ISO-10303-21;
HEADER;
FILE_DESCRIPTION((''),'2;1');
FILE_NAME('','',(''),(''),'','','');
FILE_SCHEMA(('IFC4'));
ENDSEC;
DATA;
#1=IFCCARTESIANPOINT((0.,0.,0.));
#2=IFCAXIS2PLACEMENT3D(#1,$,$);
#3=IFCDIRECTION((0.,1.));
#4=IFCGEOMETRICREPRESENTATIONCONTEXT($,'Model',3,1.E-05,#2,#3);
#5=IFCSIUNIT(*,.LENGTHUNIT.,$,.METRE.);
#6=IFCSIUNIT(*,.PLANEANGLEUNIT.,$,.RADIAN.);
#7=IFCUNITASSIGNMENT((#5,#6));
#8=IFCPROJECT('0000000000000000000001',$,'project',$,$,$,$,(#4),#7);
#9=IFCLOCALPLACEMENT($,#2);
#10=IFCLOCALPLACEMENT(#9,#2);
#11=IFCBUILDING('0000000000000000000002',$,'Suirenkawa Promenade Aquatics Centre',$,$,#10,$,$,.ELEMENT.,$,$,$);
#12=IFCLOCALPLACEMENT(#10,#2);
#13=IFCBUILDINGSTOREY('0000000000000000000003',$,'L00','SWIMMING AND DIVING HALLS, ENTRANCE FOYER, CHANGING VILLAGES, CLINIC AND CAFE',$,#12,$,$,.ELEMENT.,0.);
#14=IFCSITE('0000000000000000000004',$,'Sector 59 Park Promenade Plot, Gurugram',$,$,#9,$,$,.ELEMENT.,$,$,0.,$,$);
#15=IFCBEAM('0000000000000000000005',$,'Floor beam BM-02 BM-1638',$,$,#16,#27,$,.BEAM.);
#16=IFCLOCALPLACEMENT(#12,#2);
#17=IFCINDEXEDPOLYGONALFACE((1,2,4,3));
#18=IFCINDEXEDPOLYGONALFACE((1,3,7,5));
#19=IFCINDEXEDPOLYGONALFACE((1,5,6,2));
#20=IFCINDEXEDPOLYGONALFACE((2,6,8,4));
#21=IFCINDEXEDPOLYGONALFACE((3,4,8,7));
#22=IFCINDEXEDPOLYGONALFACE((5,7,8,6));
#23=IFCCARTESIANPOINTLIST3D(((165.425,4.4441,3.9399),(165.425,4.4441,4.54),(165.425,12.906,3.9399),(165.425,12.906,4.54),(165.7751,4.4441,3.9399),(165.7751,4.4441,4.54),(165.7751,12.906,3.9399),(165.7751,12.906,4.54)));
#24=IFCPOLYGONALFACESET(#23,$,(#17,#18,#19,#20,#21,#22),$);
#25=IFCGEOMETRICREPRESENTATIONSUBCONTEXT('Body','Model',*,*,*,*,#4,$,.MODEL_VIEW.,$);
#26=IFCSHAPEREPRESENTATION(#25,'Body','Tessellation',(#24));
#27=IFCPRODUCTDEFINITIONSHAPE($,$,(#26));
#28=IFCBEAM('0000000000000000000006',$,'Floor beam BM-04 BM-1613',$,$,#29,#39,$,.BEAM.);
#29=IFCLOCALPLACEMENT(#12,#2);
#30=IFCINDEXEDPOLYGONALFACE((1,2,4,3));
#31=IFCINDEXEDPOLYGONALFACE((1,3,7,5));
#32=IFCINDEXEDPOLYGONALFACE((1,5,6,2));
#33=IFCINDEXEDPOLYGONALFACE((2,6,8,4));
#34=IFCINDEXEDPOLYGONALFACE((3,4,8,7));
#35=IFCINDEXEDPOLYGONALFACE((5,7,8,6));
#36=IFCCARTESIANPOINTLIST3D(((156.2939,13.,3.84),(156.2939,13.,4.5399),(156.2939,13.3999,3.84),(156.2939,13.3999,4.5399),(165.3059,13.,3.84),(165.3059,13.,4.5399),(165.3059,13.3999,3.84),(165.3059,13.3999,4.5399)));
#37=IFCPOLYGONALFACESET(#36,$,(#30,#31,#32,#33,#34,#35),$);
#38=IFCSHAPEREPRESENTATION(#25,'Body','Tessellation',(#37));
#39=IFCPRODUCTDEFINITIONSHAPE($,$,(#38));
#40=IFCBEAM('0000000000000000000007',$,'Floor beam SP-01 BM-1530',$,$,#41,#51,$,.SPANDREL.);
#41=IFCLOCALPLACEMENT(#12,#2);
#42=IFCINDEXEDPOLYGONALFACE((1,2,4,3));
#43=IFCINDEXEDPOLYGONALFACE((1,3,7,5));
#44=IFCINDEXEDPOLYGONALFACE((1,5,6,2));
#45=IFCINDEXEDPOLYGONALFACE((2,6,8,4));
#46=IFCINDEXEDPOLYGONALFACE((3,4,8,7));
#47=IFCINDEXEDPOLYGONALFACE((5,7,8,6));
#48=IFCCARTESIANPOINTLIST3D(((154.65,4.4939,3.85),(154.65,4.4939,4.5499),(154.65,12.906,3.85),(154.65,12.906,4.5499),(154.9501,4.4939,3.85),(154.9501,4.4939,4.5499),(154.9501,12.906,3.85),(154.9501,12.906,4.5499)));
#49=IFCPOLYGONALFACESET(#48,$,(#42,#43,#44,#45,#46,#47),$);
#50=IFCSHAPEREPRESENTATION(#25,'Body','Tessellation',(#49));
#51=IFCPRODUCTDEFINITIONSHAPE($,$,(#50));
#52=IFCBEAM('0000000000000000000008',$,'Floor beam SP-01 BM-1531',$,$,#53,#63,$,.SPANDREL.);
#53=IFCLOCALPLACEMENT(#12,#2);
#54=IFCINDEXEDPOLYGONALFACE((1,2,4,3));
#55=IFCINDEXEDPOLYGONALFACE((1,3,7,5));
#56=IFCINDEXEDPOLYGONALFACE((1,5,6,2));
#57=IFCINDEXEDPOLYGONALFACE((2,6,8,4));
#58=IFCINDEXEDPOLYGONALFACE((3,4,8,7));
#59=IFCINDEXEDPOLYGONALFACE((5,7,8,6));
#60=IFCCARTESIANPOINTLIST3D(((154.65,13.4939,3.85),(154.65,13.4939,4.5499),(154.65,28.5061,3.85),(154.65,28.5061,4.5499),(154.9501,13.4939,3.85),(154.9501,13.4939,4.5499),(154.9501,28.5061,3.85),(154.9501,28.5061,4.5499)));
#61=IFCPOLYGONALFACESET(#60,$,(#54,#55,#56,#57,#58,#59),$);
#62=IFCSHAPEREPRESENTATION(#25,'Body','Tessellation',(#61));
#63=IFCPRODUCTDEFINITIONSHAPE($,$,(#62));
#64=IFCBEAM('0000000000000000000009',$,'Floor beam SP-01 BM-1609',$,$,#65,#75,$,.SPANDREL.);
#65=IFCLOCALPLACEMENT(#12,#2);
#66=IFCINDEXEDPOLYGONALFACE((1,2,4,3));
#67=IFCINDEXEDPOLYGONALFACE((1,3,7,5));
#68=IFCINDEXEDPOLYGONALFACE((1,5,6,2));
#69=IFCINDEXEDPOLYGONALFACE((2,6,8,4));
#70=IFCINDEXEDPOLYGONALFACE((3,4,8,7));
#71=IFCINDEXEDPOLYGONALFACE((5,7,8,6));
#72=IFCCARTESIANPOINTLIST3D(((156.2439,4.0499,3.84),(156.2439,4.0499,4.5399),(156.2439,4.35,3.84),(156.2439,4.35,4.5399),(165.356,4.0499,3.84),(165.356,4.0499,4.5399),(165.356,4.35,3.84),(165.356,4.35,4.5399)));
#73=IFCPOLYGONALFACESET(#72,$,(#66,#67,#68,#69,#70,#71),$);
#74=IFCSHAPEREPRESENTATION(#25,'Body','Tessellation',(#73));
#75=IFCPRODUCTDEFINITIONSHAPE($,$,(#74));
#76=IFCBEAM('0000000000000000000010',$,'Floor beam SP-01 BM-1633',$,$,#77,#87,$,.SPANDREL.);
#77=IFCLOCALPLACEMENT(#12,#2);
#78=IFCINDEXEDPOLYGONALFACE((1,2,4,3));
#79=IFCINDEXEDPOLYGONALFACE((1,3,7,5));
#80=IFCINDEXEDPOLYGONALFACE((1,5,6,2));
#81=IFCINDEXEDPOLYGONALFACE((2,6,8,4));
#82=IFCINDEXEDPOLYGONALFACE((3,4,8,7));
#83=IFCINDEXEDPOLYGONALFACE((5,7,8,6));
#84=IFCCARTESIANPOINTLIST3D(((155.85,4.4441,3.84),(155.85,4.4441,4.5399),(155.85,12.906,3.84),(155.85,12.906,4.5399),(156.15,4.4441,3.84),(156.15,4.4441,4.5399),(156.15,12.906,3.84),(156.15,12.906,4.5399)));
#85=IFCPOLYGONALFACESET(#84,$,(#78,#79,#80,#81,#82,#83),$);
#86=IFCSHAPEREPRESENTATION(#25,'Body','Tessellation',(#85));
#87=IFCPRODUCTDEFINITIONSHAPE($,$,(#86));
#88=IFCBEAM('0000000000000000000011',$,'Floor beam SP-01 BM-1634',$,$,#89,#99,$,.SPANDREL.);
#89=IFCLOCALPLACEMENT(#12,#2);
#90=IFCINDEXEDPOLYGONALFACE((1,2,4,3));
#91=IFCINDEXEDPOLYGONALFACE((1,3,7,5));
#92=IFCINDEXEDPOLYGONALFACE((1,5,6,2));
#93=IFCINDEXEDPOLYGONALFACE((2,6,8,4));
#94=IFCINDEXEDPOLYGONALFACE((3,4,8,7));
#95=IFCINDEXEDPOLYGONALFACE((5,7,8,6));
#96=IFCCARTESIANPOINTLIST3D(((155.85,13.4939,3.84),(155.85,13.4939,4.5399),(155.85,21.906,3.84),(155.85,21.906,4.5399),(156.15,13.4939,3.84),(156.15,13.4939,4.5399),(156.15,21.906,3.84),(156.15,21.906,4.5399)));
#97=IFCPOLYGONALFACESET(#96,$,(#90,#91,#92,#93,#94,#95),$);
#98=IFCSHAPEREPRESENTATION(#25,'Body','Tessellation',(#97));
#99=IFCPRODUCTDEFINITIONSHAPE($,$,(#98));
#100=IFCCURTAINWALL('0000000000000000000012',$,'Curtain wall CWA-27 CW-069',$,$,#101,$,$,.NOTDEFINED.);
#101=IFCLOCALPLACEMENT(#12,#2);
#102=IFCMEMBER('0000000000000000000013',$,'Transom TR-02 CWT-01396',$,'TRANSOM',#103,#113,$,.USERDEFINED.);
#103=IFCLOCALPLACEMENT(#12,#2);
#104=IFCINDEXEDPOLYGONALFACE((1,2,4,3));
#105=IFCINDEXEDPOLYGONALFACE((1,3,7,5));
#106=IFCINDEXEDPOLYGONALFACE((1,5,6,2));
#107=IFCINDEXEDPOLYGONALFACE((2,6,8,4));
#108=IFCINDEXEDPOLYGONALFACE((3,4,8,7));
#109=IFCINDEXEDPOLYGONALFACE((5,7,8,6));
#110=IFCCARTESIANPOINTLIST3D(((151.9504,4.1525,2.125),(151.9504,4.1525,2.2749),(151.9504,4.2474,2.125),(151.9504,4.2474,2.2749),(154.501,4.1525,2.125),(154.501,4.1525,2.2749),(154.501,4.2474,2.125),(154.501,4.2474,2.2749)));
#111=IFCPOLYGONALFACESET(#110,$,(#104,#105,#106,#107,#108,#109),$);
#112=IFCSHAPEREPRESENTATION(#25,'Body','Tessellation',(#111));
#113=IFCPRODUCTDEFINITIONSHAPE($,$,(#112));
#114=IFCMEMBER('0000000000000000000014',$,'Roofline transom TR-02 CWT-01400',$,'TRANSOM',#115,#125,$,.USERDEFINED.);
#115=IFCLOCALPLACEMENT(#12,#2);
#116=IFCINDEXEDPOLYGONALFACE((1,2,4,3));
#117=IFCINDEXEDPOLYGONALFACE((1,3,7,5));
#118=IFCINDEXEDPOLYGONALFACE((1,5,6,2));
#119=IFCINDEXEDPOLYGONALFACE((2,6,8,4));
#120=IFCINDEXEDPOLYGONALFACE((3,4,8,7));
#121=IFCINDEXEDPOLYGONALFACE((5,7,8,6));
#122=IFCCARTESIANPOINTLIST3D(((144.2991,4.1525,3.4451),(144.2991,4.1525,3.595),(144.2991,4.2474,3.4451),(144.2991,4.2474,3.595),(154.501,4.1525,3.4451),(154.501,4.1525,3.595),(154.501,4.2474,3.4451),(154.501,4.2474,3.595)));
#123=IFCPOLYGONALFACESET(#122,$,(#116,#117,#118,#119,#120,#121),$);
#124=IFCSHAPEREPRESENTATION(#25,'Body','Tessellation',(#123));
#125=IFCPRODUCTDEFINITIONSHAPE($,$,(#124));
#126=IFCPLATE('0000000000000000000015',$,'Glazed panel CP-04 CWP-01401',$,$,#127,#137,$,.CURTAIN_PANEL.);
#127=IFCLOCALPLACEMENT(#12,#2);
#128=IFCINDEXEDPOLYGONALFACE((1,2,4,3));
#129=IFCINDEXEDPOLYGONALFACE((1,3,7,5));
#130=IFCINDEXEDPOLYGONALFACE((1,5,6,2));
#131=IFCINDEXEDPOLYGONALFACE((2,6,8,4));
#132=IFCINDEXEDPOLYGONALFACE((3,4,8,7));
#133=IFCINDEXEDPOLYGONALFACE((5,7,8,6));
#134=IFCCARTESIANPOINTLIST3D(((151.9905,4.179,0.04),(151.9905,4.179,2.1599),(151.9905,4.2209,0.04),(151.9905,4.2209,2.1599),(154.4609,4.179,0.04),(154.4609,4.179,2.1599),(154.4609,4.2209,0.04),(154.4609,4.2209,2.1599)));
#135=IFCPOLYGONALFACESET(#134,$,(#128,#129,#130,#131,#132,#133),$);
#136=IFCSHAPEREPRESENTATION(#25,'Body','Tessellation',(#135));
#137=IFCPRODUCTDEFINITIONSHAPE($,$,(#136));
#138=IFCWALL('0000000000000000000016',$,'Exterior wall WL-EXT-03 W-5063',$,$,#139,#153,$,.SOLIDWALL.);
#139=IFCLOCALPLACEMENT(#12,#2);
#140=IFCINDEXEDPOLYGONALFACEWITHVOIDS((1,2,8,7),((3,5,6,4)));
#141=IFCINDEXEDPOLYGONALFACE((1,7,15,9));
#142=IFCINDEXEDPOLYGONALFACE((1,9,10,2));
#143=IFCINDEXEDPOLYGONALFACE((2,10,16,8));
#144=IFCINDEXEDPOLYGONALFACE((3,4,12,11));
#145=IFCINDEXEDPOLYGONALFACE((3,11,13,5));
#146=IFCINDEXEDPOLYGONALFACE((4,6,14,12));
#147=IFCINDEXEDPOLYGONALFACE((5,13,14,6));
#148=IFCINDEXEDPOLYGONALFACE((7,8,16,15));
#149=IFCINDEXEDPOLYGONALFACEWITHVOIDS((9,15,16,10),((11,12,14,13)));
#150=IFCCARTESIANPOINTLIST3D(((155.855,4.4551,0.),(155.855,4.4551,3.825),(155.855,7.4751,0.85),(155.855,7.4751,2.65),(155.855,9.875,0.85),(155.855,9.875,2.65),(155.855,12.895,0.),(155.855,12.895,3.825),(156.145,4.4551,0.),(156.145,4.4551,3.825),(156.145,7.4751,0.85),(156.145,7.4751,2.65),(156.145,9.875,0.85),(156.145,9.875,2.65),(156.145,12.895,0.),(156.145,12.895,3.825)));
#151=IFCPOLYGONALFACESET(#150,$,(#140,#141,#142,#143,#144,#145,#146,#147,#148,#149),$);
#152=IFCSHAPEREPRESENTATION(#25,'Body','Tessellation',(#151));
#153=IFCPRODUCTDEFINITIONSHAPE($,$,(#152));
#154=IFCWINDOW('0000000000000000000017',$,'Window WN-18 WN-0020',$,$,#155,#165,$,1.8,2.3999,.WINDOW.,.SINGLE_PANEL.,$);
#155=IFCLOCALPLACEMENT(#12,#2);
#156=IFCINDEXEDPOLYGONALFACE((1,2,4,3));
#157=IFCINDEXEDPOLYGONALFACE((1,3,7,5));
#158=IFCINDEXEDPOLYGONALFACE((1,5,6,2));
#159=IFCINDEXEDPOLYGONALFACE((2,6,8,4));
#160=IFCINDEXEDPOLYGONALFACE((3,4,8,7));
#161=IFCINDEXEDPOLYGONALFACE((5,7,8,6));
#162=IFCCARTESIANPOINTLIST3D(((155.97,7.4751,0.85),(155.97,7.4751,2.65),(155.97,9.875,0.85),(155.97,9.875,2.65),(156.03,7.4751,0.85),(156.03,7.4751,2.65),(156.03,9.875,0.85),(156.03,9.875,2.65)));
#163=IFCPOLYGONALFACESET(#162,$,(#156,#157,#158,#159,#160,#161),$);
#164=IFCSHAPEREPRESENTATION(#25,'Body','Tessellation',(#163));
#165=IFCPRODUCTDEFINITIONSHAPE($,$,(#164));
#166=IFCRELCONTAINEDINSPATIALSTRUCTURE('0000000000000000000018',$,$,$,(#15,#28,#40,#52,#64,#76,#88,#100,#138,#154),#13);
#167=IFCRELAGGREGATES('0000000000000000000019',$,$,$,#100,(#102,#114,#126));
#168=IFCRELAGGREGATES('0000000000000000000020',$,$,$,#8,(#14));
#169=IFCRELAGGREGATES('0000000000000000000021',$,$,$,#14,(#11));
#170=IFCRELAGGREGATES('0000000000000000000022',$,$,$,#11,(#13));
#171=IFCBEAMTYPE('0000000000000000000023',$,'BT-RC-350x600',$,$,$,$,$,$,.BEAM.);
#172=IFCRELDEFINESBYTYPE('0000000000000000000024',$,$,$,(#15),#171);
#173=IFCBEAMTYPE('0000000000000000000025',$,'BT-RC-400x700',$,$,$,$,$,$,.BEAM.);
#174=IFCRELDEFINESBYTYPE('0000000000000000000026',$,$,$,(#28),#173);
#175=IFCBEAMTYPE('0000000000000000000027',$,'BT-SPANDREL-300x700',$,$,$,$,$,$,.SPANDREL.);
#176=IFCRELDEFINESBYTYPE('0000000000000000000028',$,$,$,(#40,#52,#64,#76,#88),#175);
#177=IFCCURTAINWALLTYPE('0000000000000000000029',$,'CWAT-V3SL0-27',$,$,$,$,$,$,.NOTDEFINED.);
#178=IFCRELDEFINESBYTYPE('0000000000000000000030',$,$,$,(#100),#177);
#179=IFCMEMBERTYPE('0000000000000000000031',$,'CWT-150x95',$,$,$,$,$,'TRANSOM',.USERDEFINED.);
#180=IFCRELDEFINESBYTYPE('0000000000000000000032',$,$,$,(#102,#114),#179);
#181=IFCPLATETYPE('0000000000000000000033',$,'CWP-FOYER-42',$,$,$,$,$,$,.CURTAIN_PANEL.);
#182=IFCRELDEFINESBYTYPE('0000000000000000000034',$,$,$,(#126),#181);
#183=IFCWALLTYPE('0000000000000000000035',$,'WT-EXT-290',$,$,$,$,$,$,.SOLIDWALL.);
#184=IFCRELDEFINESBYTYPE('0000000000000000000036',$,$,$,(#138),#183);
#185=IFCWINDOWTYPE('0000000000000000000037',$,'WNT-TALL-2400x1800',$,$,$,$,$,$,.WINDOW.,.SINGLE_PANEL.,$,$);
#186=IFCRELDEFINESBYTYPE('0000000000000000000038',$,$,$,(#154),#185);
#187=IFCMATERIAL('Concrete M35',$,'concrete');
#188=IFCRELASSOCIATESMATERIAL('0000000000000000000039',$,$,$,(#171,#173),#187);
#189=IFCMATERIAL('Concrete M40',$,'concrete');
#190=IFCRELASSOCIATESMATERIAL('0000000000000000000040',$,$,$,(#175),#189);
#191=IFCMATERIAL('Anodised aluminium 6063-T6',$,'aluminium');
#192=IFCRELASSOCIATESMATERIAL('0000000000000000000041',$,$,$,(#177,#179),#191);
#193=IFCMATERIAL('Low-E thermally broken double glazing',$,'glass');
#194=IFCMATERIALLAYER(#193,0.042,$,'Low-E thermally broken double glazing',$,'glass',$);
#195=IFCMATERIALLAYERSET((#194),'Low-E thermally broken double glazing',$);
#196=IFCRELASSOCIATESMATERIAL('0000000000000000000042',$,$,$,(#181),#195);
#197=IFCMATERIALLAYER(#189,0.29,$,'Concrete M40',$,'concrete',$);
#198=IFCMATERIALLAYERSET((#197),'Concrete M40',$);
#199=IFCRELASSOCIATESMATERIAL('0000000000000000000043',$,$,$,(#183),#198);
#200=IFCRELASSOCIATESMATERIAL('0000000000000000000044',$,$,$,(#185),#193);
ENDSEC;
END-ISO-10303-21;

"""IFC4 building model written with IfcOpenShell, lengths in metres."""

from ifc_helpers import new_model, si_unit, direction, frame, frame_2d, origin, origin_2d, place, context, subcontext, project, spatial, polyline, rectangle, outline, extrude, material, layer, layer_set, material_profile, profile_set, type_object, element, fill, aggregate, save


model = new_model("IFC4")

# Units and contexts
model_context = context("Model", 3, precision=1e-05, world=origin(), true_north=direction((0.0, 1.0)))
body_context = subcontext(model_context, "Body", "Model", "MODEL_VIEW")
ifc_project = project(units=[si_unit("LENGTHUNIT", "METRE"), si_unit("PLANEANGLEUNIT", "RADIAN")], contexts=[model_context])

# Site, building, storey
site_placement = place(None, origin())
site = spatial("IfcSite", under=ifc_project, at=site_placement, Name="Sector 59 Park Promenade Plot, Gurugram", CompositionType="ELEMENT", RefElevation=0.0)
building_placement = place(site_placement, origin())
building = spatial("IfcBuilding", under=site, at=building_placement, Name="Suirenkawa Promenade Aquatics Centre", CompositionType="ELEMENT")
storey_placement = place(building_placement, origin())
storey = spatial("IfcBuildingStorey", under=building, at=storey_placement, Name="L00", Description="SWIMMING AND DIVING HALLS, ENTRANCE FOYER, CHANGING VILLAGES, CLINIC AND CAFE", CompositionType="ELEMENT", Elevation=0.0)

# Shared definitions
ifc_material_1 = material(Name="Concrete M40", Category="concrete")

# Beams
ifc_material_2 = material(Name="Concrete M35", Category="concrete")
ifc_material_profile_1 = material_profile(ifc_material_2, rectangle(XDim=0.3501, YDim=0.6001, at=origin_2d()), Name="RC BM 350x600", Category="concrete")
ifc_profile_set_1 = profile_set([ifc_material_profile_1], Name="Concrete M35")
beam_type_1 = type_object("IfcBeamType", Name="BT-RC-350x600", PredefinedType="BEAM", material=ifc_profile_set_1)
beam_1_placement = place(storey_placement, frame((165.6001, 4.4441, 4.24), z_axis=(0.0, 1.0, 0.0), x_axis=(-1.0, 0.0, 0.0)))
element("IfcBeam", 1, at=beam_1_placement, inside=storey, type_object=beam_type_1, Name="Floor beam BM-02 BM-1638", PredefinedType="BEAM", context=body_context, shape_type="SweptSolid", body=[
    extrude(rectangle(XDim=0.3501, YDim=0.6001, at=origin_2d()), origin(), (0.0, 0.0, 1.0), 8.4619),
])
ifc_material_profile_2 = material_profile(ifc_material_2, rectangle(XDim=0.3999, YDim=0.7, at=origin_2d()), Name="RC BM 400x700", Category="concrete")
ifc_profile_set_2 = profile_set([ifc_material_profile_2], Name="Concrete M35")
beam_type_2 = type_object("IfcBeamType", Name="BT-RC-400x700", PredefinedType="BEAM", material=ifc_profile_set_2)
beam_2_placement = place(storey_placement, frame((156.2939, 13.2, 4.1899), z_axis=(1.0, 0.0, 0.0), x_axis=(0.0, 1.0, 0.0)))
element("IfcBeam", 2, at=beam_2_placement, inside=storey, type_object=beam_type_2, Name="Floor beam BM-04 BM-1613", PredefinedType="BEAM", context=body_context, shape_type="SweptSolid", body=[
    extrude(rectangle(XDim=0.3999, YDim=0.7, at=origin_2d()), origin(), (0.0, 0.0, 1.0), 9.012),
])
ifc_material_profile_3 = material_profile(ifc_material_1, rectangle(XDim=0.3, YDim=0.7, at=origin_2d()), Name="RC SPANDREL 300x700", Category="concrete")
ifc_profile_set_3 = profile_set([ifc_material_profile_3], Name="Concrete M40")
beam_type_3 = type_object("IfcBeamType", Name="BT-SPANDREL-300x700", PredefinedType="SPANDREL", material=ifc_profile_set_3)
beam_3_placement = place(storey_placement, frame((154.8, 4.4939, 4.2), z_axis=(0.0, 1.0, 0.0), x_axis=(-1.0, 0.0, 0.0)))
element("IfcBeam", 3, at=beam_3_placement, inside=storey, type_object=beam_type_3, Name="Floor beam SP-01 BM-1530", PredefinedType="SPANDREL", context=body_context, shape_type="SweptSolid", body=[
    extrude(rectangle(XDim=0.3, YDim=0.7, at=origin_2d()), origin(), (0.0, 0.0, 1.0), 8.4121),
])
beam_4_placement = place(storey_placement, frame((154.8, 13.4939, 4.2), z_axis=(0.0, 1.0, 0.0), x_axis=(-1.0, 0.0, 0.0)))
element("IfcBeam", 4, at=beam_4_placement, inside=storey, type_object=beam_type_3, Name="Floor beam SP-01 BM-1531", PredefinedType="SPANDREL", context=body_context, shape_type="SweptSolid", body=[
    extrude(rectangle(XDim=0.3, YDim=0.7, at=origin_2d()), origin(), (0.0, 0.0, 1.0), 15.0122),
])
beam_5_placement = place(storey_placement, frame((156.2439, 4.2, 4.1899), z_axis=(1.0, 0.0, 0.0), x_axis=(0.0, 1.0, 0.0)))
element("IfcBeam", 5, at=beam_5_placement, inside=storey, type_object=beam_type_3, Name="Floor beam SP-01 BM-1609", PredefinedType="SPANDREL", context=body_context, shape_type="SweptSolid", body=[
    extrude(rectangle(XDim=0.3, YDim=0.7, at=origin_2d()), origin(), (0.0, 0.0, 1.0), 9.1121),
])
beam_6_placement = place(storey_placement, frame((156.0, 4.4441, 4.1899), z_axis=(0.0, 1.0, 0.0), x_axis=(-1.0, 0.0, 0.0)))
element("IfcBeam", 6, at=beam_6_placement, inside=storey, type_object=beam_type_3, Name="Floor beam SP-01 BM-1633", PredefinedType="SPANDREL", context=body_context, shape_type="SweptSolid", body=[
    extrude(rectangle(XDim=0.3, YDim=0.7, at=origin_2d()), origin(), (0.0, 0.0, 1.0), 8.4619),
])
beam_7_placement = place(storey_placement, frame((156.0, 13.4939, 4.1899), z_axis=(0.0, 1.0, 0.0), x_axis=(-1.0, 0.0, 0.0)))
element("IfcBeam", 7, at=beam_7_placement, inside=storey, type_object=beam_type_3, Name="Floor beam SP-01 BM-1634", PredefinedType="SPANDREL", context=body_context, shape_type="SweptSolid", body=[
    extrude(rectangle(XDim=0.3, YDim=0.7, at=origin_2d()), origin(), (0.0, 0.0, 1.0), 8.4121),
])

# Curtain wall, members, plate
ifc_material_3 = material(Name="Anodised aluminium 6063-T6", Category="aluminium")
curtain_wall_type = type_object("IfcCurtainWallType", Name="CWAT-V3SL0-27", PredefinedType="NOTDEFINED", material=ifc_material_3)
curtain_wall_placement = place(storey_placement, origin())
curtain_wall = element("IfcCurtainWall", 8, at=curtain_wall_placement, inside=storey, type_object=curtain_wall_type, Name="Curtain wall CWA-27 CW-069", PredefinedType="NOTDEFINED")
ifc_material_profile_4 = material_profile(ifc_material_3, rectangle(XDim=0.095, YDim=0.1499, at=origin_2d()), Name="ALU TRAN 95x150", Category="aluminium")
ifc_profile_set_4 = profile_set([ifc_material_profile_4], Name="Anodised aluminium 6063-T6")
member_type = type_object("IfcMemberType", Name="CWT-150x95", ElementType="TRANSOM", PredefinedType="USERDEFINED", material=ifc_profile_set_4)
member_1_placement = place(storey_placement, frame((154.501, 4.2, 2.2), z_axis=(-1.0, 0.0, 0.0), x_axis=(0.0, -1.0, 0.0)))
member_1 = element("IfcMember", 9, at=member_1_placement, type_object=member_type, Name="Transom TR-02 CWT-01396", ObjectType="TRANSOM", PredefinedType="USERDEFINED", context=body_context, shape_type="SweptSolid", body=[
    extrude(rectangle(XDim=0.095, YDim=0.1499, at=origin_2d()), origin(), (0.0, 0.0, 1.0), 2.5505),
])
member_2_placement = place(storey_placement, frame((154.501, 4.2, 3.52), z_axis=(-1.0, 0.0, 0.0), x_axis=(0.0, -1.0, 0.0)))
member_2 = element("IfcMember", 10, at=member_2_placement, type_object=member_type, Name="Roofline transom TR-02 CWT-01400", ObjectType="TRANSOM", PredefinedType="USERDEFINED", context=body_context, shape_type="SweptSolid", body=[
    extrude(rectangle(XDim=0.095, YDim=0.1499, at=origin_2d()), origin(), (0.0, 0.0, 1.0), 10.2019),
])
ifc_material_4 = material(Name="Low-E thermally broken double glazing", Category="glass")
ifc_layer_1 = layer(ifc_material_4, 0.042, Name="Low-E thermally broken double glazing", Category="glass")
ifc_layer_set_1 = layer_set([ifc_layer_1], Name="Low-E thermally broken double glazing")
plate_type = type_object("IfcPlateType", Name="CWP-FOYER-42", PredefinedType="CURTAIN_PANEL", material=ifc_layer_set_1)
plate_1_placement = place(storey_placement, frame((154.501, 4.2, 0.04), z_axis=(0.0, 0.0, 1.0), x_axis=(-1.0, 0.0, 0.0)))
plate_1 = element("IfcPlate", 11, at=plate_1_placement, type_object=plate_type, Name="Glazed panel CP-04 CWP-01401", PredefinedType="CURTAIN_PANEL", context=body_context, shape_type="SweptSolid", body=[
    extrude(outline(polyline([(0.04, 0.0), (2.5105, 0.0), (2.5105, 2.1199), (0.04, 2.1199), (0.04, 0.0)])), frame((0.0, 0.021, 0.0), z_axis=(0.0, -1.0, 0.0), x_axis=(1.0, 0.0, 0.0)), (0.0, 0.0, 1.0), 0.042),
])
aggregate(curtain_wall, [member_1, member_2, plate_1])

# Wall, opening, window
ifc_layer_2 = layer(ifc_material_1, 0.29, Name="Concrete M40", Category="concrete")
ifc_layer_set_2 = layer_set([ifc_layer_2], Name="Concrete M40")
wall_type_1 = type_object("IfcWallType", Name="WT-EXT-290", PredefinedType="SOLIDWALL", material=ifc_layer_set_2)
wall_1_placement = place(storey_placement, frame((156.0, 4.4551, 0.0), z_axis=(0.0, 0.0, 1.0), x_axis=(0.0, 1.0, 0.0)))
wall_1 = element("IfcWall", 12, at=wall_1_placement, inside=storey, type_object=wall_type_1, Name="Exterior wall WL-EXT-03 W-5063", PredefinedType="SOLIDWALL", context=body_context, shape_type="SweptSolid", body=[
    extrude(rectangle(XDim=8.4399, YDim=0.29, at=frame_2d((4.22, 0.0))), origin(), (0.0, 0.0, 1.0), 3.825),
])
opening_1_placement = place(wall_1_placement, frame((3.02, 0.0, 0.8501)))
opening_1 = element("IfcOpeningElement", 13, at=opening_1_placement, cuts=wall_1, PredefinedType="OPENING", context=body_context, shape_type="SweptSolid", body=[
    extrude(rectangle(XDim=2.3999, YDim=1.8, at=frame_2d((1.2, 0.8999))), frame((0.0, 0.155, 0.0), z_axis=(0.0, -1.0, 0.0), x_axis=(1.0, 0.0, 0.0)), (0.0, 0.0, 1.0), 0.3101),
])
window_type_1 = type_object("IfcWindowType", Name="WNT-TALL-2400x1800", PartitioningType="SINGLE_PANEL", PredefinedType="WINDOW", material=ifc_material_4)
window_1_placement = place(opening_1_placement, origin())
window_1 = element("IfcWindow", 14, at=window_1_placement, inside=storey, type_object=window_type_1, Name="Window WN-18 WN-0020", OverallHeight=1.8, OverallWidth=2.3999, PartitioningType="SINGLE_PANEL", PredefinedType="WINDOW", context=body_context, shape_type="SweptSolid", body=[
    extrude(rectangle(XDim=2.3999, YDim=1.8, at=frame_2d((1.2, 0.8999))), frame((0.0, 0.03, 0.0), z_axis=(0.0, -1.0, 0.0), x_axis=(1.0, 0.0, 0.0)), (0.0, 0.0, 1.0), 0.0601),
])
fill(opening_1, window_1)

save(model, "model.ifc")
